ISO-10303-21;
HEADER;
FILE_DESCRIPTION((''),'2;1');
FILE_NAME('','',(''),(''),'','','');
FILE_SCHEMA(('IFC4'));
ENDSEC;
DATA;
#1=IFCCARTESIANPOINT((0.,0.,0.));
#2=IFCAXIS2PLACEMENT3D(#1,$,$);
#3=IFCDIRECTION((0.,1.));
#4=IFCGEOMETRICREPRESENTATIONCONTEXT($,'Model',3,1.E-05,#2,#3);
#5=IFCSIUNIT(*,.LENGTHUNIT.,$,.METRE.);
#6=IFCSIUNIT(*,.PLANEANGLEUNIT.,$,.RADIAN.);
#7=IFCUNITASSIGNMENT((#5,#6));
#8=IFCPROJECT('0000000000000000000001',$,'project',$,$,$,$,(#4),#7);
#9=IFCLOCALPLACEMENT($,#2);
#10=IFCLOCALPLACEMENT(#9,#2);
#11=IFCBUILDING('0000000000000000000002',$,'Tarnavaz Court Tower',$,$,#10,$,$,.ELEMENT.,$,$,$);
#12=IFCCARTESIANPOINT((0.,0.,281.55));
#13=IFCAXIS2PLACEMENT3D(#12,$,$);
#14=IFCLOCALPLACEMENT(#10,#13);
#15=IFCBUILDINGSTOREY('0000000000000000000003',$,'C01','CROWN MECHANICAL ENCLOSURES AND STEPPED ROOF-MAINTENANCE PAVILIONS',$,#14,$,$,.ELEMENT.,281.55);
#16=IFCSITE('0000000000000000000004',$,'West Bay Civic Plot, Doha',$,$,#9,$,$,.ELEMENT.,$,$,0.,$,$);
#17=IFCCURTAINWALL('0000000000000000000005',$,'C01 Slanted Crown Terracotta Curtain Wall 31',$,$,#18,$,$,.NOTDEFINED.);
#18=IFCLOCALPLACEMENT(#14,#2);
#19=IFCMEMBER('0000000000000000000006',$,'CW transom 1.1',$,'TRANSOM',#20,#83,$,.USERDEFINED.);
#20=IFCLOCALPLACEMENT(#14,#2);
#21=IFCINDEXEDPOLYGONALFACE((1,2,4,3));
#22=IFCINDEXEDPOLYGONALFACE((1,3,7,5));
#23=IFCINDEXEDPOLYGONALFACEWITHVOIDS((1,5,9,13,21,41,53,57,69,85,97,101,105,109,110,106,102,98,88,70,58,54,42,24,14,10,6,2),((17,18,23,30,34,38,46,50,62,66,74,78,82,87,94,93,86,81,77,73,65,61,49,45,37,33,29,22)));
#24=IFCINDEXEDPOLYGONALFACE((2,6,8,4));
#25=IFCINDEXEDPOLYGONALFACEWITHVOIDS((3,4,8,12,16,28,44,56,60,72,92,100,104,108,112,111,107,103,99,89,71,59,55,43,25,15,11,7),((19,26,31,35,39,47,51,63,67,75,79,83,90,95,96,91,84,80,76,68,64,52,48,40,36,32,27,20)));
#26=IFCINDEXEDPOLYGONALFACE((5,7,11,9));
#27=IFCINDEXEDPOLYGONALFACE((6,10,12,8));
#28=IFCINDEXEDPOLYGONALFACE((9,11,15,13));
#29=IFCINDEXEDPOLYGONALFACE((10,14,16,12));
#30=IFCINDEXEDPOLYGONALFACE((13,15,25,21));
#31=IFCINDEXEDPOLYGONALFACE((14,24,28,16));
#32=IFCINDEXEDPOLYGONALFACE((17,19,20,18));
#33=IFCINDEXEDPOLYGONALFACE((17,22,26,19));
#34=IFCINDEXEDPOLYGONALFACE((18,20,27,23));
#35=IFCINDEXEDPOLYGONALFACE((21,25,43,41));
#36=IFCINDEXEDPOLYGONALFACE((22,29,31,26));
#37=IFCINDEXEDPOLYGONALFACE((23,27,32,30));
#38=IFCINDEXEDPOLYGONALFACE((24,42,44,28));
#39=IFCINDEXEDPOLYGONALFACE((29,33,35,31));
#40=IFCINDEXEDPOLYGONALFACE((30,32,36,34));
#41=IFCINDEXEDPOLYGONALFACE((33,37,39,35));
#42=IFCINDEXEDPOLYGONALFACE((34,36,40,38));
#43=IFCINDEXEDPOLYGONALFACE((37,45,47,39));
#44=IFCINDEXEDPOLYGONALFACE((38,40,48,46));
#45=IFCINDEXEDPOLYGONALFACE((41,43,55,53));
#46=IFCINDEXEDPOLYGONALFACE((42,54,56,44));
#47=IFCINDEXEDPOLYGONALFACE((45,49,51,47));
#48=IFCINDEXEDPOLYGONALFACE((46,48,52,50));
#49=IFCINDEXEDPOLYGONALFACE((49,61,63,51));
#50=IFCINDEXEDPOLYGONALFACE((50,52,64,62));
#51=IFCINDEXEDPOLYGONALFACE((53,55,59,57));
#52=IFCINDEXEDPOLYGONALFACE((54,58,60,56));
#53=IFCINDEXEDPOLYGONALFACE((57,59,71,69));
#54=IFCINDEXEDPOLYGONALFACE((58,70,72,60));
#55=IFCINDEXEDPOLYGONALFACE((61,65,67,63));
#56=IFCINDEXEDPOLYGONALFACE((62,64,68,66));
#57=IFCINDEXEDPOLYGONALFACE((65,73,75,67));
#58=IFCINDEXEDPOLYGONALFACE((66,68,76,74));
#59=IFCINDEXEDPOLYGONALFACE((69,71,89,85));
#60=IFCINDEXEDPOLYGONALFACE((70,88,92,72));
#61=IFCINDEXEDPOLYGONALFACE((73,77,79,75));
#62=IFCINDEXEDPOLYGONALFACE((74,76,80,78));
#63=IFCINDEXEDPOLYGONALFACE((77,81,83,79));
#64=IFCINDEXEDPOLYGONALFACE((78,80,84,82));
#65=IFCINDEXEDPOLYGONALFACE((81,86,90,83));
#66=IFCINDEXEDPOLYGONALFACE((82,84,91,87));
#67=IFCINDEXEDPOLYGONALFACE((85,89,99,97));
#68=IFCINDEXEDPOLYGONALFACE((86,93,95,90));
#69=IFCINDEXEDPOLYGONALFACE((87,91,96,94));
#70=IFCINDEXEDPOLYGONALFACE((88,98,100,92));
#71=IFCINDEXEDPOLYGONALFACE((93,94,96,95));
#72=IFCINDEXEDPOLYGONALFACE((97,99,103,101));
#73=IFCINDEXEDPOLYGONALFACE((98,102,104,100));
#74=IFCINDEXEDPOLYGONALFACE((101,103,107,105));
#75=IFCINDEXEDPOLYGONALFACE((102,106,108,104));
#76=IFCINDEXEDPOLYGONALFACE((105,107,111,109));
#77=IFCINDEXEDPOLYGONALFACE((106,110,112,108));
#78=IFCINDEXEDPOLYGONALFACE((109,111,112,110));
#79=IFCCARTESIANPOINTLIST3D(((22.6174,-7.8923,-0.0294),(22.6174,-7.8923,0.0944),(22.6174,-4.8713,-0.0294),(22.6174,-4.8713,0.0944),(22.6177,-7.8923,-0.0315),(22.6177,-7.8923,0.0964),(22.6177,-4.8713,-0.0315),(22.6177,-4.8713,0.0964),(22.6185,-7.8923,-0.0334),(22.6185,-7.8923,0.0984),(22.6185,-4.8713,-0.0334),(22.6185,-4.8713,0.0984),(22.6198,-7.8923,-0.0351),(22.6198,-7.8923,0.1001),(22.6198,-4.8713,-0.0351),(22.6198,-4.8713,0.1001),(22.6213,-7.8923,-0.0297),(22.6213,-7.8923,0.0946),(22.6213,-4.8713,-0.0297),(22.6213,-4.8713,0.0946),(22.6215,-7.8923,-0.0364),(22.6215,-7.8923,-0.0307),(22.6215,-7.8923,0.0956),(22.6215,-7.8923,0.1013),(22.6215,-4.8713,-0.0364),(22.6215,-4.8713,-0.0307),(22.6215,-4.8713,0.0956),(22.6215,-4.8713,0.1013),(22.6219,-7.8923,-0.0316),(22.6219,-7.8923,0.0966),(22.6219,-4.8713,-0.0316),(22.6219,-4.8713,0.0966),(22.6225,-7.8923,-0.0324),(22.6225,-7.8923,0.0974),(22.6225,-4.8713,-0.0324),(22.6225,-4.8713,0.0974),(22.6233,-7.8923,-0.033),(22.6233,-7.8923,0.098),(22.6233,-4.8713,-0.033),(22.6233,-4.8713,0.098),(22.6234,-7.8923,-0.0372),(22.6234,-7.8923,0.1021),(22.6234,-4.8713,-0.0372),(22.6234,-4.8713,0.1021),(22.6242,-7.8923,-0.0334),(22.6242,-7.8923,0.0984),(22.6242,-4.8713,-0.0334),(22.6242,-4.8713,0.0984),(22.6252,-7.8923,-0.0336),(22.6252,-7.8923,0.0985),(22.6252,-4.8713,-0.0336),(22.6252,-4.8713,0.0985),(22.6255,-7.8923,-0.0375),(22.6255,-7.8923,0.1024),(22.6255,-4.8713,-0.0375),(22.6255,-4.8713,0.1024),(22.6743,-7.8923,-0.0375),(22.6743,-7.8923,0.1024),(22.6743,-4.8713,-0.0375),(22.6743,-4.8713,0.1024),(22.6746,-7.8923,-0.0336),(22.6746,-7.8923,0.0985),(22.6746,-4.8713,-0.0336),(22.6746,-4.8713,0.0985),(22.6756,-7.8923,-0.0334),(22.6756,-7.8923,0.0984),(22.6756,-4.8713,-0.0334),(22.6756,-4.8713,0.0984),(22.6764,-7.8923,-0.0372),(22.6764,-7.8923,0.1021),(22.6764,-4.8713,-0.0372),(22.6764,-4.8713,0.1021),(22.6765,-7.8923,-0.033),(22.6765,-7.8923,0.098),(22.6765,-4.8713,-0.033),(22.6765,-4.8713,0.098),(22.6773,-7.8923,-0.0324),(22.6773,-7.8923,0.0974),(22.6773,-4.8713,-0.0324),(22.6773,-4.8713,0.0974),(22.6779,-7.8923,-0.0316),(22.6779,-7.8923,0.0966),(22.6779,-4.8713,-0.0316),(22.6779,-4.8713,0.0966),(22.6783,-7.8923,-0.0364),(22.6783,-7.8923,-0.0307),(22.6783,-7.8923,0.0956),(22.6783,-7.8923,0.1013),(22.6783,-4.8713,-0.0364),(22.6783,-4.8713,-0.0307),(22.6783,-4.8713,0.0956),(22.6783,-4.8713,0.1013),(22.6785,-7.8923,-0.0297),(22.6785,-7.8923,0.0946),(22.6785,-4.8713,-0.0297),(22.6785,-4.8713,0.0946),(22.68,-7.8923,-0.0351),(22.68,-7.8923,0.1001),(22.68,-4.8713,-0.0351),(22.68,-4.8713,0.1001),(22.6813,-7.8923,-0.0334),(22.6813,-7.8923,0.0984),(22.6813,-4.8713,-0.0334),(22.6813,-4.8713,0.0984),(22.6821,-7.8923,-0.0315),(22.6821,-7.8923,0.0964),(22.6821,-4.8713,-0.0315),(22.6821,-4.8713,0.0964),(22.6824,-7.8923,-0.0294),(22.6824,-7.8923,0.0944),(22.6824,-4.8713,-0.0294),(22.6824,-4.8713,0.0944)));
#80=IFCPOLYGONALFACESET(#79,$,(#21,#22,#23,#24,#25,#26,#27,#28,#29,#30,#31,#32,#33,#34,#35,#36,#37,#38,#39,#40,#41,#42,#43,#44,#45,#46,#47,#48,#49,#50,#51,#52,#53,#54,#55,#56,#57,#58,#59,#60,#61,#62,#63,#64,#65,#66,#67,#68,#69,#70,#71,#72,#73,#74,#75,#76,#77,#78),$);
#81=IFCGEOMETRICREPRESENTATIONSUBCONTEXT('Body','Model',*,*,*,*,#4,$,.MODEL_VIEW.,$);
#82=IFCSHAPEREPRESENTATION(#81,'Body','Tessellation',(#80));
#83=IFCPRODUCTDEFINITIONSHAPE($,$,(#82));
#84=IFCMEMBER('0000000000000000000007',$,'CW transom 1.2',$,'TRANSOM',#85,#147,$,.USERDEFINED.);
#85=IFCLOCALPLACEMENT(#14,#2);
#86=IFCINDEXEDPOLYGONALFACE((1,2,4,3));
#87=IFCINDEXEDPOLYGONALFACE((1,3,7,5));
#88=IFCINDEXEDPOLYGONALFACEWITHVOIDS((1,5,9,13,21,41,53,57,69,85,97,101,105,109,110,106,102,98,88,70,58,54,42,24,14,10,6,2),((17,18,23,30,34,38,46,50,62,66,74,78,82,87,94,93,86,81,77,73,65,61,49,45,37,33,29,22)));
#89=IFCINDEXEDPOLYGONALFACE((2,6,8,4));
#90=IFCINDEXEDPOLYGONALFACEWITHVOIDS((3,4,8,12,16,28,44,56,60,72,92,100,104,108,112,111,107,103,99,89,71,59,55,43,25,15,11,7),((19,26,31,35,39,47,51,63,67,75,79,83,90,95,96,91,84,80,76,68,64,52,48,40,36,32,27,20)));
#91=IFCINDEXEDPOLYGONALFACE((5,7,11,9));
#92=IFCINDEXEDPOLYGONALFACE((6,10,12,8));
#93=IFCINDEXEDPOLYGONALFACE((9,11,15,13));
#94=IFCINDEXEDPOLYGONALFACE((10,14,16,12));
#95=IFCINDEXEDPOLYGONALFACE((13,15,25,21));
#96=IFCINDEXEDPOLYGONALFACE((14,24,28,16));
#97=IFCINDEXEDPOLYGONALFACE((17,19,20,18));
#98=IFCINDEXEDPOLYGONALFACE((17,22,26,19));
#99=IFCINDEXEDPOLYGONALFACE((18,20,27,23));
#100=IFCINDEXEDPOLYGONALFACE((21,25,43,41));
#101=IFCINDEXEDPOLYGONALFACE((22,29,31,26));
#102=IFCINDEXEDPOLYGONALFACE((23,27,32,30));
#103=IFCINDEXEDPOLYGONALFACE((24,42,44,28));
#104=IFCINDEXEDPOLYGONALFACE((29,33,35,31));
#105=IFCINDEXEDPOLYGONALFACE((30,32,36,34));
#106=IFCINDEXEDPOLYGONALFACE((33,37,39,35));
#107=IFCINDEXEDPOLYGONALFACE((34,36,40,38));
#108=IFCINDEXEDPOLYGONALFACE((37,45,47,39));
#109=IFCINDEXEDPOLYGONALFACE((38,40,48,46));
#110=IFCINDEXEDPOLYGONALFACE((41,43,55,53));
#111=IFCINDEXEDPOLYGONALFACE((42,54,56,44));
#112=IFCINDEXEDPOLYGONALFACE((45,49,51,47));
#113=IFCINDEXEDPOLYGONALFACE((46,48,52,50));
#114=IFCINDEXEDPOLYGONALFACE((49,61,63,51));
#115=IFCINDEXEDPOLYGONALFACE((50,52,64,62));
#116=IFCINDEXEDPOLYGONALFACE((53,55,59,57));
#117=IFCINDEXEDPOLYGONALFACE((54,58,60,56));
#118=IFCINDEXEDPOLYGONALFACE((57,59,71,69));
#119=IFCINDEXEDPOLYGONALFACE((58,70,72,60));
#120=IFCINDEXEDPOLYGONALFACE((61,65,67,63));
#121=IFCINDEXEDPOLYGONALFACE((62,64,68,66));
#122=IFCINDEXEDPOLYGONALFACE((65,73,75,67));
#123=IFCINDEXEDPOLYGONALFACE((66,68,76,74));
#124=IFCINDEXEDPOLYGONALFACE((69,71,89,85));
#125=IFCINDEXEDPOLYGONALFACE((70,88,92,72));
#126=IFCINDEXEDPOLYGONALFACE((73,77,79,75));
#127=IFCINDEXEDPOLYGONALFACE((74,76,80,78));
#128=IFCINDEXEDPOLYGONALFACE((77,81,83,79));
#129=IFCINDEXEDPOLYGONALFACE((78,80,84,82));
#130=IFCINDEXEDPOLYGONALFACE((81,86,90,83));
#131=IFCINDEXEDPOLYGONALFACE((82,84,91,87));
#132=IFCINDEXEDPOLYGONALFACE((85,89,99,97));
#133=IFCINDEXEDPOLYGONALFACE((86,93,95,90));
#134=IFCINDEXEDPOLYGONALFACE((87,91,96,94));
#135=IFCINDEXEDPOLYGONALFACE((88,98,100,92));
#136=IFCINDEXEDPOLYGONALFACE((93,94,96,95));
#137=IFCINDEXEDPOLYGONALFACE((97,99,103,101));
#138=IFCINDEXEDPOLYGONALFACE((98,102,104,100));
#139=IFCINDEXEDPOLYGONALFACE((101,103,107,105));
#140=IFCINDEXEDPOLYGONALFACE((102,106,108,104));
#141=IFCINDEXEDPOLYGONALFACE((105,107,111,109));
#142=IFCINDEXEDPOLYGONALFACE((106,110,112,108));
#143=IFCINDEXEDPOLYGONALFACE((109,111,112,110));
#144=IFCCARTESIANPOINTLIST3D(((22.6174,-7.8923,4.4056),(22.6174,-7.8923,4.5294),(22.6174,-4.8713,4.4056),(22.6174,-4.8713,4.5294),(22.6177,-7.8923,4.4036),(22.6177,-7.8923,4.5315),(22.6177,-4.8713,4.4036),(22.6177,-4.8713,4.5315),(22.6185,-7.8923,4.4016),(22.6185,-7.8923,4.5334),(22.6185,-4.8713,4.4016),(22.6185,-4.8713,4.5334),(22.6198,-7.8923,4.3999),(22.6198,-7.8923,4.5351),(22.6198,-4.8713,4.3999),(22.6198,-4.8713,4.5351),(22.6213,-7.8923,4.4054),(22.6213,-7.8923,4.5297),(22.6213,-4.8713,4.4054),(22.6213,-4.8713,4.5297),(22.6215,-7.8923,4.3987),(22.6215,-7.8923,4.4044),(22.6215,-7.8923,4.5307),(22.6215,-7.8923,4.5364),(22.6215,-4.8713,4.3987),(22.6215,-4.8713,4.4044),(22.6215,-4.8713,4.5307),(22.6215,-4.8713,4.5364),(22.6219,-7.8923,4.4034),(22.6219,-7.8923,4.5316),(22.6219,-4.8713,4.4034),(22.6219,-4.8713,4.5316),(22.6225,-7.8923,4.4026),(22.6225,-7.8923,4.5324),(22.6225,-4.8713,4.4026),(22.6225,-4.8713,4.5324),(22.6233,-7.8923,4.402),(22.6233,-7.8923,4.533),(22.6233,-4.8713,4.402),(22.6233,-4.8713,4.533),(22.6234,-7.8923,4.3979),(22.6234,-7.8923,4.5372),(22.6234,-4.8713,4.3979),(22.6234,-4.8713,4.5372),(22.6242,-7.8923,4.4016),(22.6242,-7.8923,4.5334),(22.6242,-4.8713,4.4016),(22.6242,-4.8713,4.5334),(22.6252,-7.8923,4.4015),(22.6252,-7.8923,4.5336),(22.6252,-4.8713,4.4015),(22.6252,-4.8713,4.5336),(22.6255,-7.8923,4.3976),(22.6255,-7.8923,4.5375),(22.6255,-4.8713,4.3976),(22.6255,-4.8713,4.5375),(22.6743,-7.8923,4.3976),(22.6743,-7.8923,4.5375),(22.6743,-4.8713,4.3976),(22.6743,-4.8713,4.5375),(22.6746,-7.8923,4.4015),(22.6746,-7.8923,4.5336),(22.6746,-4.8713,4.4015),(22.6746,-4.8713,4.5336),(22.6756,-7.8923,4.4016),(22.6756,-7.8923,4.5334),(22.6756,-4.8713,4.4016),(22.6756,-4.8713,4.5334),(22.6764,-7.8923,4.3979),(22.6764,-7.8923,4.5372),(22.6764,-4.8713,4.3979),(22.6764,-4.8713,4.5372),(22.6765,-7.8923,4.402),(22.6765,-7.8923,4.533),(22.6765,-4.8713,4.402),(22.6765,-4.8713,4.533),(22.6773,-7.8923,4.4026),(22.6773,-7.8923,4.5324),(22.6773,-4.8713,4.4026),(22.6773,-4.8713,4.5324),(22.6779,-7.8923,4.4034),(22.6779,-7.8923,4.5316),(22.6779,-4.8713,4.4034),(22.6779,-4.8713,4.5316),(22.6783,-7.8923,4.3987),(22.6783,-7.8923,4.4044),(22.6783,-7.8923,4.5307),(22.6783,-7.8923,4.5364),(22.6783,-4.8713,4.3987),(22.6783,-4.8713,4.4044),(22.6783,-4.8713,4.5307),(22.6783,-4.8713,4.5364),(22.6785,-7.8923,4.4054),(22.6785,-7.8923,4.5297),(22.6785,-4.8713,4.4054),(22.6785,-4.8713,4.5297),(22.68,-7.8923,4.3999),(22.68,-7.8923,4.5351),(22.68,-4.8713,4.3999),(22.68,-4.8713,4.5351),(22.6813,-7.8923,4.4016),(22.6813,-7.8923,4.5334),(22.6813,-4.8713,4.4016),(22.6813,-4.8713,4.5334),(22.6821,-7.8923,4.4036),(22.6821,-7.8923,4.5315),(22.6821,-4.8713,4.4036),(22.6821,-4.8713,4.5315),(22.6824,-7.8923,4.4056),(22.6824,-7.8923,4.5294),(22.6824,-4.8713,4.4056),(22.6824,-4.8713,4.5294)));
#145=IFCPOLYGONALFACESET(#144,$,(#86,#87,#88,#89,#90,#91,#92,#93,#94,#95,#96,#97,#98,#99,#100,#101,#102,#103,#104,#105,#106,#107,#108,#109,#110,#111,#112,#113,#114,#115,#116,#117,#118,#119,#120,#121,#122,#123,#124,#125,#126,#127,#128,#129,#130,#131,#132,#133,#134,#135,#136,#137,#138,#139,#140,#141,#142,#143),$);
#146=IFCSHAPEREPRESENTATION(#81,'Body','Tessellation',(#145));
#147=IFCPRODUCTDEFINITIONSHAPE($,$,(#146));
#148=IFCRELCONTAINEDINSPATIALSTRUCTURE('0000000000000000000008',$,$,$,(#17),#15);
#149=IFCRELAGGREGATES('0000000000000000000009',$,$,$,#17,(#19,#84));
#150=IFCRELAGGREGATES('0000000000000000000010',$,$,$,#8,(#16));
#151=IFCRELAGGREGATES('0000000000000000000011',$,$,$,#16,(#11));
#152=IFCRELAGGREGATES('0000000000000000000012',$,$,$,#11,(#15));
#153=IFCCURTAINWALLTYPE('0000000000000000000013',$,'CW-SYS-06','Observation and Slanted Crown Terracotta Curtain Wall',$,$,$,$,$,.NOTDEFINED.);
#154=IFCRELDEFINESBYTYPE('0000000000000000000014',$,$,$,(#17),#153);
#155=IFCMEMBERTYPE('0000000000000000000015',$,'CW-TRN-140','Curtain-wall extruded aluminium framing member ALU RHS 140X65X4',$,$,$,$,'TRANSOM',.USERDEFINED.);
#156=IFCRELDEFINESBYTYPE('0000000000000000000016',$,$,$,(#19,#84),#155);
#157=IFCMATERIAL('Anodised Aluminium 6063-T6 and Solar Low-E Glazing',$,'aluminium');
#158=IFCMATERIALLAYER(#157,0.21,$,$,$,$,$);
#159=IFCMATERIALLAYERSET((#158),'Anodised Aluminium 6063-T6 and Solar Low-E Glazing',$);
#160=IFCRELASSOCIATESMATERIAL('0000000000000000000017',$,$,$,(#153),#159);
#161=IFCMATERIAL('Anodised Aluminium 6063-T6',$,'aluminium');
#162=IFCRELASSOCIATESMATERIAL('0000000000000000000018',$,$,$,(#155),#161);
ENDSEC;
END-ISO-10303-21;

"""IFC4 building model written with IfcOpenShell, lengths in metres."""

from ifc_helpers import new_model, si_unit, direction, frame, origin, origin_2d, place, context, subcontext, project, spatial, hollow_rectangle, extrude, material, layer, layer_set, material_profile, profile_set, type_object, element, aggregate, save


model = new_model("IFC4")

# Units and contexts
model_context = context("Model", 3, precision=1e-05, world=origin(), true_north=direction((0.0, 1.0)))
body_context = subcontext(model_context, "Body", "Model", "MODEL_VIEW")
ifc_project = project(units=[si_unit("LENGTHUNIT", "METRE"), si_unit("PLANEANGLEUNIT", "RADIAN")], contexts=[model_context])

# Site, building, storey
site_placement = place(None, origin())
site = spatial("IfcSite", under=ifc_project, at=site_placement, Name="West Bay Civic Plot, Doha", CompositionType="ELEMENT", RefElevation=0.0)
building_placement = place(site_placement, origin())
building = spatial("IfcBuilding", under=site, at=building_placement, Name="Tarnavaz Court Tower", CompositionType="ELEMENT")
storey_placement = place(building_placement, frame((0.0, 0.0, 281.55)))
storey = spatial("IfcBuildingStorey", under=building, at=storey_placement, Name="C01", Description="CROWN MECHANICAL ENCLOSURES AND STEPPED ROOF-MAINTENANCE PAVILIONS", CompositionType="ELEMENT", Elevation=281.55)

# Curtain wall
ifc_material_1 = material(Name="Anodised Aluminium 6063-T6 and Solar Low-E Glazing", Category="aluminium")
ifc_layer_1 = layer(ifc_material_1, 0.21)
ifc_layer_set_1 = layer_set([ifc_layer_1], Name="Anodised Aluminium 6063-T6 and Solar Low-E Glazing")
curtain_wall_type = type_object("IfcCurtainWallType", Name="CW-SYS-06", Description="Observation and Slanted Crown Terracotta Curtain Wall", PredefinedType="NOTDEFINED", material=ifc_layer_set_1)
ifc_material_2 = material(Name="Anodised Aluminium 6063-T6", Category="aluminium")
curtain_wall_1_placement = place(storey_placement, origin())
curtain_wall_1 = element("IfcCurtainWall", 1, at=curtain_wall_1_placement, inside=storey, type_object=curtain_wall_type, Name="C01 Slanted Crown Terracotta Curtain Wall 31", PredefinedType="NOTDEFINED")

# Members
ifc_material_profile_1 = material_profile(ifc_material_2, hollow_rectangle(XDim=0.0649, YDim=0.1399, WallThickness=0.0039, InnerFilletRadius=0.0039, OuterFilletRadius=0.0081, at=origin_2d()), Name="ALU RHS 140X65X4")
ifc_profile_set_1 = profile_set([ifc_material_profile_1], Name="Anodised Aluminium 6063-T6")
member_type_1 = type_object("IfcMemberType", Name="CW-TRN-140", Description="Curtain-wall extruded aluminium framing member ALU RHS 140X65X4", ElementType="TRANSOM", PredefinedType="USERDEFINED", material=ifc_profile_set_1)
member_1_placement = place(storey_placement, frame((22.6499, -4.8713, 0.0325), z_axis=(0.0, -1.0, 0.0), x_axis=(1.0, 0.0, 0.0)))
member_1 = element("IfcMember", 2, at=member_1_placement, type_object=member_type_1, Name="CW transom 1.1", ObjectType="TRANSOM", PredefinedType="USERDEFINED", context=body_context, shape_type="SweptSolid", body=[
    extrude(hollow_rectangle(XDim=0.0649, YDim=0.1399, WallThickness=0.0039, InnerFilletRadius=0.0039, OuterFilletRadius=0.0081, at=origin_2d()), origin(), (0.0, 0.0, 1.0), 3.021),
])
member_2_placement = place(storey_placement, frame((22.6499, -4.8713, 4.4675), z_axis=(0.0, -1.0, 0.0), x_axis=(1.0, 0.0, 0.0)))
member_2 = element("IfcMember", 3, at=member_2_placement, type_object=member_type_1, Name="CW transom 1.2", ObjectType="TRANSOM", PredefinedType="USERDEFINED", context=body_context, shape_type="SweptSolid", body=[
    extrude(hollow_rectangle(XDim=0.0649, YDim=0.1399, WallThickness=0.0039, InnerFilletRadius=0.0039, OuterFilletRadius=0.0081, at=origin_2d()), origin(), (0.0, 0.0, 1.0), 3.021),
])

aggregate(curtain_wall_1, [member_1, member_2])

save(model, "model.ifc")
